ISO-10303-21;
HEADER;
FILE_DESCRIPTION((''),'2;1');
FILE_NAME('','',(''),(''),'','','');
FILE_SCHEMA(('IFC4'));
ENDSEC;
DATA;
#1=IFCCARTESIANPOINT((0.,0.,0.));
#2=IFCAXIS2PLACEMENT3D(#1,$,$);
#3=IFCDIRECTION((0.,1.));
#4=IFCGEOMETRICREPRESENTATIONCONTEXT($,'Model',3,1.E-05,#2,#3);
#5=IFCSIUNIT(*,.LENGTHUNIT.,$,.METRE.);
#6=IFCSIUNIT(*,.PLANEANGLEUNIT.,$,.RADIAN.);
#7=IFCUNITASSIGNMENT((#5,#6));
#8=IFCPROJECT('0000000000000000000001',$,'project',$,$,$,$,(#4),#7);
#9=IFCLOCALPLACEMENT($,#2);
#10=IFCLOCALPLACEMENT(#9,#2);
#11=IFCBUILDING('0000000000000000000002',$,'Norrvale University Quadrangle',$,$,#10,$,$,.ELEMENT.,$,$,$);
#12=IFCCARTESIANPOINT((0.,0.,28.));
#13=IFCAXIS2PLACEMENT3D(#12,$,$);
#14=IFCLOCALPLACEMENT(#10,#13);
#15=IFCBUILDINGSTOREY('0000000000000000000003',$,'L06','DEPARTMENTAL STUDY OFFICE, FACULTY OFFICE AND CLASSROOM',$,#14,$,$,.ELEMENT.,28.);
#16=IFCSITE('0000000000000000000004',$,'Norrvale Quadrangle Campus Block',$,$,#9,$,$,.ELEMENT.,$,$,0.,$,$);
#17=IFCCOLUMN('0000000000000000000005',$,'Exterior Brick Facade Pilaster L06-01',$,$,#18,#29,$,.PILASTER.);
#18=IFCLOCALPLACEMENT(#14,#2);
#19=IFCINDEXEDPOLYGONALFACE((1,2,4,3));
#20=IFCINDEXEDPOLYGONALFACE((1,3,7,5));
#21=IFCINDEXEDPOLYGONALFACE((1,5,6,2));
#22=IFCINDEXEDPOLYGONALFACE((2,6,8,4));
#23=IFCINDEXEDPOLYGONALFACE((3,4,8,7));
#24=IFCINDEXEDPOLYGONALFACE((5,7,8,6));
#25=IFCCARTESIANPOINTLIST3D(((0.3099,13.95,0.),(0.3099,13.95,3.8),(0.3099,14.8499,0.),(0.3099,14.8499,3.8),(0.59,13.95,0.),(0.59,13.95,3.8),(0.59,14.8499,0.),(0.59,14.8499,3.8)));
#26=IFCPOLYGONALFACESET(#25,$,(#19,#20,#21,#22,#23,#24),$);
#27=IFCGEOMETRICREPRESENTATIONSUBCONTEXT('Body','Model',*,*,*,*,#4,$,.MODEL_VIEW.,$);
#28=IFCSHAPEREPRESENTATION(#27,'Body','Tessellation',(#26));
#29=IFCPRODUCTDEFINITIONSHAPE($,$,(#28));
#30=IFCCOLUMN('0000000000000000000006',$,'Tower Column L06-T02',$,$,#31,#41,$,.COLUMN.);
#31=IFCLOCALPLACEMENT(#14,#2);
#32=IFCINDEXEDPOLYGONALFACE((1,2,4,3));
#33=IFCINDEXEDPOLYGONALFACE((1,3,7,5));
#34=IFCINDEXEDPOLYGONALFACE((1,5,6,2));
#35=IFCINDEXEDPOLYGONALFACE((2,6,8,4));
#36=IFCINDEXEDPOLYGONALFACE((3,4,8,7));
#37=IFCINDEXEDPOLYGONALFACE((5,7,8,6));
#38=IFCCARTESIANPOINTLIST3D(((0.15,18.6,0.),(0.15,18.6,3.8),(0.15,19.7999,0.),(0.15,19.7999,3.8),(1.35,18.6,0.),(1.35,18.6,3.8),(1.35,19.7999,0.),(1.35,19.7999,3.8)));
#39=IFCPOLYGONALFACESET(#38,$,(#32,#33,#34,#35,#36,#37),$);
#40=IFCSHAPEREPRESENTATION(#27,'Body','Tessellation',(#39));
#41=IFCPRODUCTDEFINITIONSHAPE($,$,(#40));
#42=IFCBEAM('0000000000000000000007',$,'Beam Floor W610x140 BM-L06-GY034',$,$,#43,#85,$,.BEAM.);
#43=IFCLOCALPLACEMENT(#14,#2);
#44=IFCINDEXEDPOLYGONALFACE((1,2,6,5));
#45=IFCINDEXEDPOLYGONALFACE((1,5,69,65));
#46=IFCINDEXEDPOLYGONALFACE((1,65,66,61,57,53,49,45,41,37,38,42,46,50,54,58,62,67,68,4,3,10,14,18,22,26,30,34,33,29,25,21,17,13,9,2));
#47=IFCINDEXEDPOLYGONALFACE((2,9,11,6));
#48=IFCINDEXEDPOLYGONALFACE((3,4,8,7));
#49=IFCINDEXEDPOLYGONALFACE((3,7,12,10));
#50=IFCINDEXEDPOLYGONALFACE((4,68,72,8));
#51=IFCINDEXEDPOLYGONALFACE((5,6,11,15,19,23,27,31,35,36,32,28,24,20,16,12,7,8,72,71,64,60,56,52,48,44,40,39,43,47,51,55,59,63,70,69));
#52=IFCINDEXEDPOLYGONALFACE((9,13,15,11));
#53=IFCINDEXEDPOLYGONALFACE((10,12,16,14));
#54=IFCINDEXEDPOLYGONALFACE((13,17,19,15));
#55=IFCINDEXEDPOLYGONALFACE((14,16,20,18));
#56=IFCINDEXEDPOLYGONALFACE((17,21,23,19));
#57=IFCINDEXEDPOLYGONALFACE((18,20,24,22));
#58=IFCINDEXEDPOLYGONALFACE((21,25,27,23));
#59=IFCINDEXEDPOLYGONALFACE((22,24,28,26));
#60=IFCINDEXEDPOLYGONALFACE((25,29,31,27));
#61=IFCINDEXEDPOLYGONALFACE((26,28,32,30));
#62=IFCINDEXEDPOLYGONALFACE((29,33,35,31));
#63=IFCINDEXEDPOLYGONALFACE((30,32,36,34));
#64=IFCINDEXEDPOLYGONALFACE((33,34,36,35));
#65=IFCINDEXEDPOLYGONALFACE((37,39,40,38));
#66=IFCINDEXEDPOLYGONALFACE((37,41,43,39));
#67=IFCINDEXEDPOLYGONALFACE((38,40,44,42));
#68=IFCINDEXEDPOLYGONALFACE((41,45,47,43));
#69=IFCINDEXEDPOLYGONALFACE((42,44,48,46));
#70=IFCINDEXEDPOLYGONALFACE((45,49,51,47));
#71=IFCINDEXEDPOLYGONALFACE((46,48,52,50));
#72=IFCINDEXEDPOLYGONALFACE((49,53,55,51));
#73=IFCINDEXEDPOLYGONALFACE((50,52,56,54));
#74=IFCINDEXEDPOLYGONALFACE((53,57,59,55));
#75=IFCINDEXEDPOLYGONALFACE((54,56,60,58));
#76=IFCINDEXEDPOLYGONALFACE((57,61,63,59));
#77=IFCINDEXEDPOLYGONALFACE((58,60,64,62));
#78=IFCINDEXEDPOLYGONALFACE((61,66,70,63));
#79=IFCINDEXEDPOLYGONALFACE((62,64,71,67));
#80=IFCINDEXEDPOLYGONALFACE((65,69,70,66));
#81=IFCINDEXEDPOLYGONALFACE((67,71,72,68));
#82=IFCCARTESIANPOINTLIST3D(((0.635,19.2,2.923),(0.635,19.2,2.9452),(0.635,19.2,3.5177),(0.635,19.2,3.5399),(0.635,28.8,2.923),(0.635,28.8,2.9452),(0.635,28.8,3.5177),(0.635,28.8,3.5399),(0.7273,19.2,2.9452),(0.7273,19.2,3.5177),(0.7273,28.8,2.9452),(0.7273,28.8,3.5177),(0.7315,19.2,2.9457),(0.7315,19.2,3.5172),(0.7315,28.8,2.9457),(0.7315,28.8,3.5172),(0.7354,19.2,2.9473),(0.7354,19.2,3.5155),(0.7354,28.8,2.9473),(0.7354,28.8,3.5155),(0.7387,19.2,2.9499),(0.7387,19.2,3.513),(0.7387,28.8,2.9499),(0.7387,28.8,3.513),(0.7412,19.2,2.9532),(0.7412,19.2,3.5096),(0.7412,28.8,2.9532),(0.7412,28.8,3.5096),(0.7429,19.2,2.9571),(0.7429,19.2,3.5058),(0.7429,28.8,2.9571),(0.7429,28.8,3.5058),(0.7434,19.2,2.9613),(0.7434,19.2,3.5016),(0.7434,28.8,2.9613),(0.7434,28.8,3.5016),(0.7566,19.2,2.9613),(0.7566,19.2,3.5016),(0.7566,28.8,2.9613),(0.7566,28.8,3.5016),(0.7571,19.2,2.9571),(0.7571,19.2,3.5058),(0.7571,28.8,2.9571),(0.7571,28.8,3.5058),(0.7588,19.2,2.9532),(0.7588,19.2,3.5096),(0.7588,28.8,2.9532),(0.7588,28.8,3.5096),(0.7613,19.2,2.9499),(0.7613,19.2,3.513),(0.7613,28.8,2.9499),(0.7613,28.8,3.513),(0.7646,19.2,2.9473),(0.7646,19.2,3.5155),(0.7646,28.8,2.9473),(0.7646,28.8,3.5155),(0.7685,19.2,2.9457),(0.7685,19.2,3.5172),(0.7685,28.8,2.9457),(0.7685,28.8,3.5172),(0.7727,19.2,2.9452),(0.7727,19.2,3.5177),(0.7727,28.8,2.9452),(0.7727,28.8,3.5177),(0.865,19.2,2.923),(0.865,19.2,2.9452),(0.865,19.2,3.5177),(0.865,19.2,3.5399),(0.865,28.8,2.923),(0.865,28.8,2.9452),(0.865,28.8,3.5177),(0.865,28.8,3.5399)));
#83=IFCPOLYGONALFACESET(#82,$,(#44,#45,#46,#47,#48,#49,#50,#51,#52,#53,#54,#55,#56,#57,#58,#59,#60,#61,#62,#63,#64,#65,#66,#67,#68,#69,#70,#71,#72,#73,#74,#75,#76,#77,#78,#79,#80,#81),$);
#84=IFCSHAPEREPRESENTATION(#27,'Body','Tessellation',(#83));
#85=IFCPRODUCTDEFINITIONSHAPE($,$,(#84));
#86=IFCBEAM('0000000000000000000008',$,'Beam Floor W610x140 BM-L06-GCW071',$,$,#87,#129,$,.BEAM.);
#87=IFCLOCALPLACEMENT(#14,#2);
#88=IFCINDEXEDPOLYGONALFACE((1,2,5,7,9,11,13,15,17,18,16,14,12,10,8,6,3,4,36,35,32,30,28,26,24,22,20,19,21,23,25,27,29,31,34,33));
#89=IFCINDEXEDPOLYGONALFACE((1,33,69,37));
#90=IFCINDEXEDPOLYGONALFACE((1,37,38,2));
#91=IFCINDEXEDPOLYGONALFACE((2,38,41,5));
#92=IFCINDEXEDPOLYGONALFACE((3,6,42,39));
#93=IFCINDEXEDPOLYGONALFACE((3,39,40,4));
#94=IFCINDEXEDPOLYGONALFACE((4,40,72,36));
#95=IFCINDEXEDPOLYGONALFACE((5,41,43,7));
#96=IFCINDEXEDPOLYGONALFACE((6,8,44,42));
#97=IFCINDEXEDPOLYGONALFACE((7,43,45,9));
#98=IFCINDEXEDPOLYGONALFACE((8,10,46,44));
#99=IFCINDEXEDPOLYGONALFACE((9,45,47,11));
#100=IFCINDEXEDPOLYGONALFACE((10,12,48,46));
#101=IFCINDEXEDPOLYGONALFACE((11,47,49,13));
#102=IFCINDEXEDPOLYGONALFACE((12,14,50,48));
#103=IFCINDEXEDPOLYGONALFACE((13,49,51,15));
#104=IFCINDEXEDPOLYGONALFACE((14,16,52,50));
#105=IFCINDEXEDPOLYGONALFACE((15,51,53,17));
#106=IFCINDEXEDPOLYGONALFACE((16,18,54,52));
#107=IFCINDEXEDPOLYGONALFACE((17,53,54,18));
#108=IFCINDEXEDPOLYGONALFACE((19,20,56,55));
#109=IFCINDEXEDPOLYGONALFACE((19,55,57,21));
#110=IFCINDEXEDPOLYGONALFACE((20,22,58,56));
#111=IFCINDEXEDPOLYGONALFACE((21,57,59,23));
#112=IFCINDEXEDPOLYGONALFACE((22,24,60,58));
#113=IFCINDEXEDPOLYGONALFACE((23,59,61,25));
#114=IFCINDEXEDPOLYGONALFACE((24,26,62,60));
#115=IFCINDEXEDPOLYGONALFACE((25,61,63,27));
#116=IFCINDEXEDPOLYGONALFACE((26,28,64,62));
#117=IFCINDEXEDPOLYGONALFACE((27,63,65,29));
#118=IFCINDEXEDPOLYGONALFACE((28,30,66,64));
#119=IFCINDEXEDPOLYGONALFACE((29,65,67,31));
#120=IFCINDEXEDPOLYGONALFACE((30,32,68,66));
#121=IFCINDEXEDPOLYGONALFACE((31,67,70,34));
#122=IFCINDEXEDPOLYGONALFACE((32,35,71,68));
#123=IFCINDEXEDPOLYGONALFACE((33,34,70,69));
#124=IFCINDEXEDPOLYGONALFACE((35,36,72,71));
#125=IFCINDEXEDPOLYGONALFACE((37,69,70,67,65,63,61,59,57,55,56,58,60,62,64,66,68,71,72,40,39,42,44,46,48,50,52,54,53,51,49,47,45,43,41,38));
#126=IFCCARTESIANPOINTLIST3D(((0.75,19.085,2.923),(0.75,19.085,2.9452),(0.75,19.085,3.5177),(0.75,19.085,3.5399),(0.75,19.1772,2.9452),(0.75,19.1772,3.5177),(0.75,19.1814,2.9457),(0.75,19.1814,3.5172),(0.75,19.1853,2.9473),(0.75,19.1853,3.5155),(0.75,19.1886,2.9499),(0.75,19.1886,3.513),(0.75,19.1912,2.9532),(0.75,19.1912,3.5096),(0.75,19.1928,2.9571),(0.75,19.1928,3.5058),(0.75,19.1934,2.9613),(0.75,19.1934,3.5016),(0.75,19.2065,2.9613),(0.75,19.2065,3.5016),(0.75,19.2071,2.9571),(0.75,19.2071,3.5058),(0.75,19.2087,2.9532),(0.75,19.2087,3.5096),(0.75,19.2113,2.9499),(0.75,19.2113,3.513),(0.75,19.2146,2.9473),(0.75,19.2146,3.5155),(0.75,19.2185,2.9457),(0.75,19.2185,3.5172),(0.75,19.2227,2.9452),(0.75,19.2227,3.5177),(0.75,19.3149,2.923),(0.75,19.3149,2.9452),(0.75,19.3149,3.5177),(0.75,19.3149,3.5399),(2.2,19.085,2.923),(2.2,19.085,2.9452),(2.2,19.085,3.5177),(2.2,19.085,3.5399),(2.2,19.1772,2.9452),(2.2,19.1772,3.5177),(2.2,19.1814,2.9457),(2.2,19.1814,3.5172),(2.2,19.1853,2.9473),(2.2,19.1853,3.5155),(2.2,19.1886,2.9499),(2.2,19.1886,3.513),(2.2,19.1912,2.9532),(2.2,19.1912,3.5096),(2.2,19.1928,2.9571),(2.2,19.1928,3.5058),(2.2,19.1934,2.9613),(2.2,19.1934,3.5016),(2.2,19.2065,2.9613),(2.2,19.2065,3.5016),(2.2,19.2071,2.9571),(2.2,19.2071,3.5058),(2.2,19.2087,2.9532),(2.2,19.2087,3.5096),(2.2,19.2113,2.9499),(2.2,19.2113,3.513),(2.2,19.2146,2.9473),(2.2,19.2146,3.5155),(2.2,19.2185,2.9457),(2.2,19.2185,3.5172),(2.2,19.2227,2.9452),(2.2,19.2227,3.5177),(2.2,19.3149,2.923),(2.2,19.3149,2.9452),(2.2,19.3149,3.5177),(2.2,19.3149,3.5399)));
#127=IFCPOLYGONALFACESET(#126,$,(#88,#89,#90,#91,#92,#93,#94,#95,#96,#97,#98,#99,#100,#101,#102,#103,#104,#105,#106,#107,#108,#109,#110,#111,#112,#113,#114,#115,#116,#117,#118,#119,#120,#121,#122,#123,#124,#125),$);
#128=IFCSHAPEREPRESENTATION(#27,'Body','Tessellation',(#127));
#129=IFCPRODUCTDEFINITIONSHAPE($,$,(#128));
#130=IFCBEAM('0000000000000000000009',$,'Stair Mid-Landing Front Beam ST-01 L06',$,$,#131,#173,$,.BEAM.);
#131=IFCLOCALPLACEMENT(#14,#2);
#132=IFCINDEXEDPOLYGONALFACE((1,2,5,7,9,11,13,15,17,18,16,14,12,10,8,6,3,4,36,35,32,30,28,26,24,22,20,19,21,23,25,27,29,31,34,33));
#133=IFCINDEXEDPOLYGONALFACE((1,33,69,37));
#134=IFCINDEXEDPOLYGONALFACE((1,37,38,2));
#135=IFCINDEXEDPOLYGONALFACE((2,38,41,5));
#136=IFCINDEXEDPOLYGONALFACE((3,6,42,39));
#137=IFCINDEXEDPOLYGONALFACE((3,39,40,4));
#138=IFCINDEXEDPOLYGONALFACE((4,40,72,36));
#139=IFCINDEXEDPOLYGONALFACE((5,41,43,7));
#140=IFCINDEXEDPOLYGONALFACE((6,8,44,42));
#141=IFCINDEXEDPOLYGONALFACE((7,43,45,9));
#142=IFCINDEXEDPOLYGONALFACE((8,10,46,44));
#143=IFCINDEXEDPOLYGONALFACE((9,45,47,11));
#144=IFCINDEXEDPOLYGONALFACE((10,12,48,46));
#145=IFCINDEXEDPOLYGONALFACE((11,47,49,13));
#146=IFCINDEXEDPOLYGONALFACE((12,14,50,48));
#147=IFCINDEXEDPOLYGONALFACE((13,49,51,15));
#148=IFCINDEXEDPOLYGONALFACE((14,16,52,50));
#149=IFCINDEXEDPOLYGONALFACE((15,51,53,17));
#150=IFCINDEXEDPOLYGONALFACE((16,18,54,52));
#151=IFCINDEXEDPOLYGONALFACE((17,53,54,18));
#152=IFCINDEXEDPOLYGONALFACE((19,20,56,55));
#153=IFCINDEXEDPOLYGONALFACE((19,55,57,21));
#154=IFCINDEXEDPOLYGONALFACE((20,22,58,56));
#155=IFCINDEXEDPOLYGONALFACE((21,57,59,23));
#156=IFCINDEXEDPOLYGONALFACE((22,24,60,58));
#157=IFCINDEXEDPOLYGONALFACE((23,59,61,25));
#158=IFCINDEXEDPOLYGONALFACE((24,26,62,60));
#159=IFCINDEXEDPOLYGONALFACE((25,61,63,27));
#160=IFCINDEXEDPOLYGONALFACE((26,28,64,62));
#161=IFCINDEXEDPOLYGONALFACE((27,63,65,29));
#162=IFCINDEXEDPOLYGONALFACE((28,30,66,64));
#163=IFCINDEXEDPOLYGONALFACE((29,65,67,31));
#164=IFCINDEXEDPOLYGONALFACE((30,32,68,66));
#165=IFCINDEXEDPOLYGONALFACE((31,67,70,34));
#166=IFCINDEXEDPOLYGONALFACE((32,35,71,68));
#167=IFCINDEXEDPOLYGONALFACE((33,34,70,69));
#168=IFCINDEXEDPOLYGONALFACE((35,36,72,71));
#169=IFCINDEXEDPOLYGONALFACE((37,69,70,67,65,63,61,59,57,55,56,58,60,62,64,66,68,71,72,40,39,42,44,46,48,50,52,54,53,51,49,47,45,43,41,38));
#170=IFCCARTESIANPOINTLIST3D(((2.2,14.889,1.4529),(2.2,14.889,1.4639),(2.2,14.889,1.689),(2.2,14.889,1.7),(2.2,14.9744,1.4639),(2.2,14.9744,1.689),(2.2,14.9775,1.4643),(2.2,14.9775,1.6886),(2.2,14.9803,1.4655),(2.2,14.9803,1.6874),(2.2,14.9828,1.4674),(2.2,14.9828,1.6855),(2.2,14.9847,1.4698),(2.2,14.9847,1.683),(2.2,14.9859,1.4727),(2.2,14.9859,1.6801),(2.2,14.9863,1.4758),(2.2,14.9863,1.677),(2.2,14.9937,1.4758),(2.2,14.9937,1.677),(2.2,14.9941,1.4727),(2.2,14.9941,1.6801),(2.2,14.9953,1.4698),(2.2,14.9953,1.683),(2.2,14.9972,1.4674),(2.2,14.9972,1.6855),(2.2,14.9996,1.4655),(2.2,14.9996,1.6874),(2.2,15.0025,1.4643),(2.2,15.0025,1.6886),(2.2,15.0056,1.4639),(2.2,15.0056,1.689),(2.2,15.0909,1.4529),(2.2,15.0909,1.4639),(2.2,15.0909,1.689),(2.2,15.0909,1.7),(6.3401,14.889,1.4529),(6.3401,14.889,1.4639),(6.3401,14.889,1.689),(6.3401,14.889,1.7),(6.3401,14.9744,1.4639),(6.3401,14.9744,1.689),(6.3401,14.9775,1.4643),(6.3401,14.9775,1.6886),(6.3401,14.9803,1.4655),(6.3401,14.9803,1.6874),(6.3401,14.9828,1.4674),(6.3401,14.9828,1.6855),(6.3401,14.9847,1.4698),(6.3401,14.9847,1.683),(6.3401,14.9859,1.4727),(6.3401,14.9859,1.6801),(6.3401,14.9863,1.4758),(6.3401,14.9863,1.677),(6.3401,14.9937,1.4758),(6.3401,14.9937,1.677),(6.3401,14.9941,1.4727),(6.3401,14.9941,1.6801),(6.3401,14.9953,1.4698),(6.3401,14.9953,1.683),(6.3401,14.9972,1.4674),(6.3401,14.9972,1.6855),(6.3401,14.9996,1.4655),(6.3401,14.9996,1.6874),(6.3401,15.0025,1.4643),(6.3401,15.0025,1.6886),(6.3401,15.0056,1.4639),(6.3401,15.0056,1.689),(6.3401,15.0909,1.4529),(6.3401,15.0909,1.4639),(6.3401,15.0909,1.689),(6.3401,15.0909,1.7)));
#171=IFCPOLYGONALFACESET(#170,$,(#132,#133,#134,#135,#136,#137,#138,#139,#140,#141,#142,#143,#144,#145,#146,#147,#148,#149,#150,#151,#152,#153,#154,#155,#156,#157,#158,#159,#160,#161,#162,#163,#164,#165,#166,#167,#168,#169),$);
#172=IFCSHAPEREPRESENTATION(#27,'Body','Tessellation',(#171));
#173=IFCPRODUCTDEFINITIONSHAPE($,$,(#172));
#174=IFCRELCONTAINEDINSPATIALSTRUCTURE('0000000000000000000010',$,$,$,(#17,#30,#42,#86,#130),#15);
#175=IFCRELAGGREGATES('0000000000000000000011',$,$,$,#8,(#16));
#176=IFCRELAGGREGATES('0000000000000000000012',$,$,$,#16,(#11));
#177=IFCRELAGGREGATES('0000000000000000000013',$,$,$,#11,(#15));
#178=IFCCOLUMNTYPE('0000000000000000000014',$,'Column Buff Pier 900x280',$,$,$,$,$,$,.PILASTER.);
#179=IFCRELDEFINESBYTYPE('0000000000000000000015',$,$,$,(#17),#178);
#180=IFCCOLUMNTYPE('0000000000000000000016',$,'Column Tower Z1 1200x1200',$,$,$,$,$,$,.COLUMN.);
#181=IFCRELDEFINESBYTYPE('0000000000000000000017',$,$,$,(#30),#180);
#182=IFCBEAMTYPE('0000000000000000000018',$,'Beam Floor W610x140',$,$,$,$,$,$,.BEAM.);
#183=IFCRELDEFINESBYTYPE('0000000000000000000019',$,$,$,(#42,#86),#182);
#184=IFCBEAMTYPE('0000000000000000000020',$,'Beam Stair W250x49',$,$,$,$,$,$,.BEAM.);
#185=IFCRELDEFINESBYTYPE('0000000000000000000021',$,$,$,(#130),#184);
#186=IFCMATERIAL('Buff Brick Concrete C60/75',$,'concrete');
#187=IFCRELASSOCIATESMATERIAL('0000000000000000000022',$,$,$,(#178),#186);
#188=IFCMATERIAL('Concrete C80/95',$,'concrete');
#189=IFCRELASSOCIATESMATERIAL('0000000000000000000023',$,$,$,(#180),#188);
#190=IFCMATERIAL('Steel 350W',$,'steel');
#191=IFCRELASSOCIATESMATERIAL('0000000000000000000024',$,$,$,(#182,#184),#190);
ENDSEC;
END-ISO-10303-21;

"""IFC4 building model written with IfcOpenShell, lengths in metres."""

from ifc_helpers import new_model, si_unit, direction, frame, origin, origin_2d, place, context, subcontext, project, spatial, rectangle, i_section, extrude, material, material_profile, profile_set, type_object, element, save


model = new_model("IFC4")

# Units and contexts
model_context = context("Model", 3, precision=1e-05, world=origin(), true_north=direction((0.0, 1.0)))
body_context = subcontext(model_context, "Body", "Model", "MODEL_VIEW")
ifc_project = project(units=[si_unit("LENGTHUNIT", "METRE"), si_unit("PLANEANGLEUNIT", "RADIAN")], contexts=[model_context])

# Site, building, storey
site_placement = place(None, origin())
site = spatial("IfcSite", under=ifc_project, at=site_placement, Name="Norrvale Quadrangle Campus Block", CompositionType="ELEMENT", RefElevation=0.0)
building_placement = place(site_placement, origin())
building = spatial("IfcBuilding", under=site, at=building_placement, Name="Norrvale University Quadrangle", CompositionType="ELEMENT")
storey_placement = place(building_placement, frame((0.0, 0.0, 28.0)))
storey = spatial("IfcBuildingStorey", under=building, at=storey_placement, Name="L06", Description="DEPARTMENTAL STUDY OFFICE, FACULTY OFFICE AND CLASSROOM", CompositionType="ELEMENT", Elevation=28.0)

# Columns
ifc_material_1 = material(Name="Buff Brick Concrete C60/75", Category="concrete")
ifc_material_profile_1 = material_profile(ifc_material_1, rectangle(XDim=0.8999, YDim=0.28, at=origin_2d()), Name="Buff Brick Concrete C60/75")
ifc_profile_set_1 = profile_set([ifc_material_profile_1], Name="Buff Brick Concrete C60/75")
column_type_1 = type_object("IfcColumnType", Name="Column Buff Pier 900x280", PredefinedType="PILASTER", material=ifc_profile_set_1)
column_1_placement = place(storey_placement, frame((0.45, 14.3999, 0.0), z_axis=(0.0, 0.0, 1.0), x_axis=(0.0, 1.0, 0.0)))
element("IfcColumn", 1, at=column_1_placement, inside=storey, type_object=column_type_1, Name="Exterior Brick Facade Pilaster L06-01", PredefinedType="PILASTER", context=body_context, shape_type="SweptSolid", body=[
    extrude(rectangle(XDim=0.8999, YDim=0.28, at=origin_2d()), origin(), (0.0, 0.0, 1.0), 3.8),
])
ifc_material_2 = material(Name="Concrete C80/95", Category="concrete")
ifc_material_profile_2 = material_profile(ifc_material_2, rectangle(XDim=1.2, YDim=1.2, at=origin_2d()), Name="Concrete C80/95")
ifc_profile_set_2 = profile_set([ifc_material_profile_2], Name="Concrete C80/95")
column_type_2 = type_object("IfcColumnType", Name="Column Tower Z1 1200x1200", PredefinedType="COLUMN", material=ifc_profile_set_2)
column_2_placement = place(storey_placement, frame((0.75, 19.2, 0.0), z_axis=(0.0, 0.0, 1.0), x_axis=(1.0, 0.0, 0.0)))
element("IfcColumn", 2, at=column_2_placement, inside=storey, type_object=column_type_2, Name="Tower Column L06-T02", PredefinedType="COLUMN", context=body_context, shape_type="SweptSolid", body=[
    extrude(rectangle(XDim=1.2, YDim=1.2, at=origin_2d()), origin(), (0.0, 0.0, 1.0), 3.8),
])

# Beams
ifc_material_3 = material(Name="Steel 350W", Category="steel")
ifc_material_profile_3 = material_profile(ifc_material_3, i_section(OverallWidth=0.23, OverallDepth=0.6169, WebThickness=0.0132, FlangeThickness=0.0222, FilletRadius=0.0161, at=origin_2d()), Name="Steel 350W")
ifc_profile_set_3 = profile_set([ifc_material_profile_3], Name="Steel 350W")
beam_type_1 = type_object("IfcBeamType", Name="Beam Floor W610x140", PredefinedType="BEAM", material=ifc_profile_set_3)
beam_1_placement = place(storey_placement, frame((0.75, 19.2, 3.2314), z_axis=(0.0, 1.0, 0.0), x_axis=(-1.0, 0.0, 0.0)))
element("IfcBeam", 3, at=beam_1_placement, inside=storey, type_object=beam_type_1, Name="Beam Floor W610x140 BM-L06-GY034", PredefinedType="BEAM", context=body_context, shape_type="SweptSolid", body=[
    extrude(i_section(OverallWidth=0.23, OverallDepth=0.6169, WebThickness=0.0132, FlangeThickness=0.0222, FilletRadius=0.0161, at=origin_2d()), origin(), (0.0, 0.0, 1.0), 9.6001),
])
beam_2_placement = place(storey_placement, frame((0.75, 19.2, 3.2314), z_axis=(1.0, 0.0, 0.0), x_axis=(0.0, 1.0, 0.0)))
element("IfcBeam", 4, at=beam_2_placement, inside=storey, type_object=beam_type_1, Name="Beam Floor W610x140 BM-L06-GCW071", PredefinedType="BEAM", context=body_context, shape_type="SweptSolid", body=[
    extrude(i_section(OverallWidth=0.23, OverallDepth=0.6169, WebThickness=0.0132, FlangeThickness=0.0222, FilletRadius=0.0161, at=origin_2d()), origin(), (0.0, 0.0, 1.0), 1.45),
])
ifc_material_profile_4 = material_profile(ifc_material_3, i_section(OverallWidth=0.2019, OverallDepth=0.2471, WebThickness=0.0073, FlangeThickness=0.011, FilletRadius=0.012, at=origin_2d()), Name="Steel 350W")
ifc_profile_set_4 = profile_set([ifc_material_profile_4], Name="Steel 350W")
beam_type_2 = type_object("IfcBeamType", Name="Beam Stair W250x49", PredefinedType="BEAM", material=ifc_profile_set_4)
for number, where, z_axis, x_axis, name in (
    (5, (2.2, 14.99, 1.5764), (1.0, 0.0, 0.0), (0.0, 1.0, 0.0), "Stair Mid-Landing Front Beam ST-01 L06"),
):
    element("IfcBeam", number, at=place(storey_placement, frame(where, z_axis=z_axis, x_axis=x_axis)), inside=storey, type_object=beam_type_2, Name=name, PredefinedType="BEAM", context=body_context, shape_type="SweptSolid", body=[
        extrude(i_section(OverallWidth=0.2019, OverallDepth=0.2471, WebThickness=0.0073, FlangeThickness=0.011, FilletRadius=0.012, at=origin_2d()), origin(), (0.0, 0.0, 1.0), 4.1401),
    ])

save(model, "model.ifc")
